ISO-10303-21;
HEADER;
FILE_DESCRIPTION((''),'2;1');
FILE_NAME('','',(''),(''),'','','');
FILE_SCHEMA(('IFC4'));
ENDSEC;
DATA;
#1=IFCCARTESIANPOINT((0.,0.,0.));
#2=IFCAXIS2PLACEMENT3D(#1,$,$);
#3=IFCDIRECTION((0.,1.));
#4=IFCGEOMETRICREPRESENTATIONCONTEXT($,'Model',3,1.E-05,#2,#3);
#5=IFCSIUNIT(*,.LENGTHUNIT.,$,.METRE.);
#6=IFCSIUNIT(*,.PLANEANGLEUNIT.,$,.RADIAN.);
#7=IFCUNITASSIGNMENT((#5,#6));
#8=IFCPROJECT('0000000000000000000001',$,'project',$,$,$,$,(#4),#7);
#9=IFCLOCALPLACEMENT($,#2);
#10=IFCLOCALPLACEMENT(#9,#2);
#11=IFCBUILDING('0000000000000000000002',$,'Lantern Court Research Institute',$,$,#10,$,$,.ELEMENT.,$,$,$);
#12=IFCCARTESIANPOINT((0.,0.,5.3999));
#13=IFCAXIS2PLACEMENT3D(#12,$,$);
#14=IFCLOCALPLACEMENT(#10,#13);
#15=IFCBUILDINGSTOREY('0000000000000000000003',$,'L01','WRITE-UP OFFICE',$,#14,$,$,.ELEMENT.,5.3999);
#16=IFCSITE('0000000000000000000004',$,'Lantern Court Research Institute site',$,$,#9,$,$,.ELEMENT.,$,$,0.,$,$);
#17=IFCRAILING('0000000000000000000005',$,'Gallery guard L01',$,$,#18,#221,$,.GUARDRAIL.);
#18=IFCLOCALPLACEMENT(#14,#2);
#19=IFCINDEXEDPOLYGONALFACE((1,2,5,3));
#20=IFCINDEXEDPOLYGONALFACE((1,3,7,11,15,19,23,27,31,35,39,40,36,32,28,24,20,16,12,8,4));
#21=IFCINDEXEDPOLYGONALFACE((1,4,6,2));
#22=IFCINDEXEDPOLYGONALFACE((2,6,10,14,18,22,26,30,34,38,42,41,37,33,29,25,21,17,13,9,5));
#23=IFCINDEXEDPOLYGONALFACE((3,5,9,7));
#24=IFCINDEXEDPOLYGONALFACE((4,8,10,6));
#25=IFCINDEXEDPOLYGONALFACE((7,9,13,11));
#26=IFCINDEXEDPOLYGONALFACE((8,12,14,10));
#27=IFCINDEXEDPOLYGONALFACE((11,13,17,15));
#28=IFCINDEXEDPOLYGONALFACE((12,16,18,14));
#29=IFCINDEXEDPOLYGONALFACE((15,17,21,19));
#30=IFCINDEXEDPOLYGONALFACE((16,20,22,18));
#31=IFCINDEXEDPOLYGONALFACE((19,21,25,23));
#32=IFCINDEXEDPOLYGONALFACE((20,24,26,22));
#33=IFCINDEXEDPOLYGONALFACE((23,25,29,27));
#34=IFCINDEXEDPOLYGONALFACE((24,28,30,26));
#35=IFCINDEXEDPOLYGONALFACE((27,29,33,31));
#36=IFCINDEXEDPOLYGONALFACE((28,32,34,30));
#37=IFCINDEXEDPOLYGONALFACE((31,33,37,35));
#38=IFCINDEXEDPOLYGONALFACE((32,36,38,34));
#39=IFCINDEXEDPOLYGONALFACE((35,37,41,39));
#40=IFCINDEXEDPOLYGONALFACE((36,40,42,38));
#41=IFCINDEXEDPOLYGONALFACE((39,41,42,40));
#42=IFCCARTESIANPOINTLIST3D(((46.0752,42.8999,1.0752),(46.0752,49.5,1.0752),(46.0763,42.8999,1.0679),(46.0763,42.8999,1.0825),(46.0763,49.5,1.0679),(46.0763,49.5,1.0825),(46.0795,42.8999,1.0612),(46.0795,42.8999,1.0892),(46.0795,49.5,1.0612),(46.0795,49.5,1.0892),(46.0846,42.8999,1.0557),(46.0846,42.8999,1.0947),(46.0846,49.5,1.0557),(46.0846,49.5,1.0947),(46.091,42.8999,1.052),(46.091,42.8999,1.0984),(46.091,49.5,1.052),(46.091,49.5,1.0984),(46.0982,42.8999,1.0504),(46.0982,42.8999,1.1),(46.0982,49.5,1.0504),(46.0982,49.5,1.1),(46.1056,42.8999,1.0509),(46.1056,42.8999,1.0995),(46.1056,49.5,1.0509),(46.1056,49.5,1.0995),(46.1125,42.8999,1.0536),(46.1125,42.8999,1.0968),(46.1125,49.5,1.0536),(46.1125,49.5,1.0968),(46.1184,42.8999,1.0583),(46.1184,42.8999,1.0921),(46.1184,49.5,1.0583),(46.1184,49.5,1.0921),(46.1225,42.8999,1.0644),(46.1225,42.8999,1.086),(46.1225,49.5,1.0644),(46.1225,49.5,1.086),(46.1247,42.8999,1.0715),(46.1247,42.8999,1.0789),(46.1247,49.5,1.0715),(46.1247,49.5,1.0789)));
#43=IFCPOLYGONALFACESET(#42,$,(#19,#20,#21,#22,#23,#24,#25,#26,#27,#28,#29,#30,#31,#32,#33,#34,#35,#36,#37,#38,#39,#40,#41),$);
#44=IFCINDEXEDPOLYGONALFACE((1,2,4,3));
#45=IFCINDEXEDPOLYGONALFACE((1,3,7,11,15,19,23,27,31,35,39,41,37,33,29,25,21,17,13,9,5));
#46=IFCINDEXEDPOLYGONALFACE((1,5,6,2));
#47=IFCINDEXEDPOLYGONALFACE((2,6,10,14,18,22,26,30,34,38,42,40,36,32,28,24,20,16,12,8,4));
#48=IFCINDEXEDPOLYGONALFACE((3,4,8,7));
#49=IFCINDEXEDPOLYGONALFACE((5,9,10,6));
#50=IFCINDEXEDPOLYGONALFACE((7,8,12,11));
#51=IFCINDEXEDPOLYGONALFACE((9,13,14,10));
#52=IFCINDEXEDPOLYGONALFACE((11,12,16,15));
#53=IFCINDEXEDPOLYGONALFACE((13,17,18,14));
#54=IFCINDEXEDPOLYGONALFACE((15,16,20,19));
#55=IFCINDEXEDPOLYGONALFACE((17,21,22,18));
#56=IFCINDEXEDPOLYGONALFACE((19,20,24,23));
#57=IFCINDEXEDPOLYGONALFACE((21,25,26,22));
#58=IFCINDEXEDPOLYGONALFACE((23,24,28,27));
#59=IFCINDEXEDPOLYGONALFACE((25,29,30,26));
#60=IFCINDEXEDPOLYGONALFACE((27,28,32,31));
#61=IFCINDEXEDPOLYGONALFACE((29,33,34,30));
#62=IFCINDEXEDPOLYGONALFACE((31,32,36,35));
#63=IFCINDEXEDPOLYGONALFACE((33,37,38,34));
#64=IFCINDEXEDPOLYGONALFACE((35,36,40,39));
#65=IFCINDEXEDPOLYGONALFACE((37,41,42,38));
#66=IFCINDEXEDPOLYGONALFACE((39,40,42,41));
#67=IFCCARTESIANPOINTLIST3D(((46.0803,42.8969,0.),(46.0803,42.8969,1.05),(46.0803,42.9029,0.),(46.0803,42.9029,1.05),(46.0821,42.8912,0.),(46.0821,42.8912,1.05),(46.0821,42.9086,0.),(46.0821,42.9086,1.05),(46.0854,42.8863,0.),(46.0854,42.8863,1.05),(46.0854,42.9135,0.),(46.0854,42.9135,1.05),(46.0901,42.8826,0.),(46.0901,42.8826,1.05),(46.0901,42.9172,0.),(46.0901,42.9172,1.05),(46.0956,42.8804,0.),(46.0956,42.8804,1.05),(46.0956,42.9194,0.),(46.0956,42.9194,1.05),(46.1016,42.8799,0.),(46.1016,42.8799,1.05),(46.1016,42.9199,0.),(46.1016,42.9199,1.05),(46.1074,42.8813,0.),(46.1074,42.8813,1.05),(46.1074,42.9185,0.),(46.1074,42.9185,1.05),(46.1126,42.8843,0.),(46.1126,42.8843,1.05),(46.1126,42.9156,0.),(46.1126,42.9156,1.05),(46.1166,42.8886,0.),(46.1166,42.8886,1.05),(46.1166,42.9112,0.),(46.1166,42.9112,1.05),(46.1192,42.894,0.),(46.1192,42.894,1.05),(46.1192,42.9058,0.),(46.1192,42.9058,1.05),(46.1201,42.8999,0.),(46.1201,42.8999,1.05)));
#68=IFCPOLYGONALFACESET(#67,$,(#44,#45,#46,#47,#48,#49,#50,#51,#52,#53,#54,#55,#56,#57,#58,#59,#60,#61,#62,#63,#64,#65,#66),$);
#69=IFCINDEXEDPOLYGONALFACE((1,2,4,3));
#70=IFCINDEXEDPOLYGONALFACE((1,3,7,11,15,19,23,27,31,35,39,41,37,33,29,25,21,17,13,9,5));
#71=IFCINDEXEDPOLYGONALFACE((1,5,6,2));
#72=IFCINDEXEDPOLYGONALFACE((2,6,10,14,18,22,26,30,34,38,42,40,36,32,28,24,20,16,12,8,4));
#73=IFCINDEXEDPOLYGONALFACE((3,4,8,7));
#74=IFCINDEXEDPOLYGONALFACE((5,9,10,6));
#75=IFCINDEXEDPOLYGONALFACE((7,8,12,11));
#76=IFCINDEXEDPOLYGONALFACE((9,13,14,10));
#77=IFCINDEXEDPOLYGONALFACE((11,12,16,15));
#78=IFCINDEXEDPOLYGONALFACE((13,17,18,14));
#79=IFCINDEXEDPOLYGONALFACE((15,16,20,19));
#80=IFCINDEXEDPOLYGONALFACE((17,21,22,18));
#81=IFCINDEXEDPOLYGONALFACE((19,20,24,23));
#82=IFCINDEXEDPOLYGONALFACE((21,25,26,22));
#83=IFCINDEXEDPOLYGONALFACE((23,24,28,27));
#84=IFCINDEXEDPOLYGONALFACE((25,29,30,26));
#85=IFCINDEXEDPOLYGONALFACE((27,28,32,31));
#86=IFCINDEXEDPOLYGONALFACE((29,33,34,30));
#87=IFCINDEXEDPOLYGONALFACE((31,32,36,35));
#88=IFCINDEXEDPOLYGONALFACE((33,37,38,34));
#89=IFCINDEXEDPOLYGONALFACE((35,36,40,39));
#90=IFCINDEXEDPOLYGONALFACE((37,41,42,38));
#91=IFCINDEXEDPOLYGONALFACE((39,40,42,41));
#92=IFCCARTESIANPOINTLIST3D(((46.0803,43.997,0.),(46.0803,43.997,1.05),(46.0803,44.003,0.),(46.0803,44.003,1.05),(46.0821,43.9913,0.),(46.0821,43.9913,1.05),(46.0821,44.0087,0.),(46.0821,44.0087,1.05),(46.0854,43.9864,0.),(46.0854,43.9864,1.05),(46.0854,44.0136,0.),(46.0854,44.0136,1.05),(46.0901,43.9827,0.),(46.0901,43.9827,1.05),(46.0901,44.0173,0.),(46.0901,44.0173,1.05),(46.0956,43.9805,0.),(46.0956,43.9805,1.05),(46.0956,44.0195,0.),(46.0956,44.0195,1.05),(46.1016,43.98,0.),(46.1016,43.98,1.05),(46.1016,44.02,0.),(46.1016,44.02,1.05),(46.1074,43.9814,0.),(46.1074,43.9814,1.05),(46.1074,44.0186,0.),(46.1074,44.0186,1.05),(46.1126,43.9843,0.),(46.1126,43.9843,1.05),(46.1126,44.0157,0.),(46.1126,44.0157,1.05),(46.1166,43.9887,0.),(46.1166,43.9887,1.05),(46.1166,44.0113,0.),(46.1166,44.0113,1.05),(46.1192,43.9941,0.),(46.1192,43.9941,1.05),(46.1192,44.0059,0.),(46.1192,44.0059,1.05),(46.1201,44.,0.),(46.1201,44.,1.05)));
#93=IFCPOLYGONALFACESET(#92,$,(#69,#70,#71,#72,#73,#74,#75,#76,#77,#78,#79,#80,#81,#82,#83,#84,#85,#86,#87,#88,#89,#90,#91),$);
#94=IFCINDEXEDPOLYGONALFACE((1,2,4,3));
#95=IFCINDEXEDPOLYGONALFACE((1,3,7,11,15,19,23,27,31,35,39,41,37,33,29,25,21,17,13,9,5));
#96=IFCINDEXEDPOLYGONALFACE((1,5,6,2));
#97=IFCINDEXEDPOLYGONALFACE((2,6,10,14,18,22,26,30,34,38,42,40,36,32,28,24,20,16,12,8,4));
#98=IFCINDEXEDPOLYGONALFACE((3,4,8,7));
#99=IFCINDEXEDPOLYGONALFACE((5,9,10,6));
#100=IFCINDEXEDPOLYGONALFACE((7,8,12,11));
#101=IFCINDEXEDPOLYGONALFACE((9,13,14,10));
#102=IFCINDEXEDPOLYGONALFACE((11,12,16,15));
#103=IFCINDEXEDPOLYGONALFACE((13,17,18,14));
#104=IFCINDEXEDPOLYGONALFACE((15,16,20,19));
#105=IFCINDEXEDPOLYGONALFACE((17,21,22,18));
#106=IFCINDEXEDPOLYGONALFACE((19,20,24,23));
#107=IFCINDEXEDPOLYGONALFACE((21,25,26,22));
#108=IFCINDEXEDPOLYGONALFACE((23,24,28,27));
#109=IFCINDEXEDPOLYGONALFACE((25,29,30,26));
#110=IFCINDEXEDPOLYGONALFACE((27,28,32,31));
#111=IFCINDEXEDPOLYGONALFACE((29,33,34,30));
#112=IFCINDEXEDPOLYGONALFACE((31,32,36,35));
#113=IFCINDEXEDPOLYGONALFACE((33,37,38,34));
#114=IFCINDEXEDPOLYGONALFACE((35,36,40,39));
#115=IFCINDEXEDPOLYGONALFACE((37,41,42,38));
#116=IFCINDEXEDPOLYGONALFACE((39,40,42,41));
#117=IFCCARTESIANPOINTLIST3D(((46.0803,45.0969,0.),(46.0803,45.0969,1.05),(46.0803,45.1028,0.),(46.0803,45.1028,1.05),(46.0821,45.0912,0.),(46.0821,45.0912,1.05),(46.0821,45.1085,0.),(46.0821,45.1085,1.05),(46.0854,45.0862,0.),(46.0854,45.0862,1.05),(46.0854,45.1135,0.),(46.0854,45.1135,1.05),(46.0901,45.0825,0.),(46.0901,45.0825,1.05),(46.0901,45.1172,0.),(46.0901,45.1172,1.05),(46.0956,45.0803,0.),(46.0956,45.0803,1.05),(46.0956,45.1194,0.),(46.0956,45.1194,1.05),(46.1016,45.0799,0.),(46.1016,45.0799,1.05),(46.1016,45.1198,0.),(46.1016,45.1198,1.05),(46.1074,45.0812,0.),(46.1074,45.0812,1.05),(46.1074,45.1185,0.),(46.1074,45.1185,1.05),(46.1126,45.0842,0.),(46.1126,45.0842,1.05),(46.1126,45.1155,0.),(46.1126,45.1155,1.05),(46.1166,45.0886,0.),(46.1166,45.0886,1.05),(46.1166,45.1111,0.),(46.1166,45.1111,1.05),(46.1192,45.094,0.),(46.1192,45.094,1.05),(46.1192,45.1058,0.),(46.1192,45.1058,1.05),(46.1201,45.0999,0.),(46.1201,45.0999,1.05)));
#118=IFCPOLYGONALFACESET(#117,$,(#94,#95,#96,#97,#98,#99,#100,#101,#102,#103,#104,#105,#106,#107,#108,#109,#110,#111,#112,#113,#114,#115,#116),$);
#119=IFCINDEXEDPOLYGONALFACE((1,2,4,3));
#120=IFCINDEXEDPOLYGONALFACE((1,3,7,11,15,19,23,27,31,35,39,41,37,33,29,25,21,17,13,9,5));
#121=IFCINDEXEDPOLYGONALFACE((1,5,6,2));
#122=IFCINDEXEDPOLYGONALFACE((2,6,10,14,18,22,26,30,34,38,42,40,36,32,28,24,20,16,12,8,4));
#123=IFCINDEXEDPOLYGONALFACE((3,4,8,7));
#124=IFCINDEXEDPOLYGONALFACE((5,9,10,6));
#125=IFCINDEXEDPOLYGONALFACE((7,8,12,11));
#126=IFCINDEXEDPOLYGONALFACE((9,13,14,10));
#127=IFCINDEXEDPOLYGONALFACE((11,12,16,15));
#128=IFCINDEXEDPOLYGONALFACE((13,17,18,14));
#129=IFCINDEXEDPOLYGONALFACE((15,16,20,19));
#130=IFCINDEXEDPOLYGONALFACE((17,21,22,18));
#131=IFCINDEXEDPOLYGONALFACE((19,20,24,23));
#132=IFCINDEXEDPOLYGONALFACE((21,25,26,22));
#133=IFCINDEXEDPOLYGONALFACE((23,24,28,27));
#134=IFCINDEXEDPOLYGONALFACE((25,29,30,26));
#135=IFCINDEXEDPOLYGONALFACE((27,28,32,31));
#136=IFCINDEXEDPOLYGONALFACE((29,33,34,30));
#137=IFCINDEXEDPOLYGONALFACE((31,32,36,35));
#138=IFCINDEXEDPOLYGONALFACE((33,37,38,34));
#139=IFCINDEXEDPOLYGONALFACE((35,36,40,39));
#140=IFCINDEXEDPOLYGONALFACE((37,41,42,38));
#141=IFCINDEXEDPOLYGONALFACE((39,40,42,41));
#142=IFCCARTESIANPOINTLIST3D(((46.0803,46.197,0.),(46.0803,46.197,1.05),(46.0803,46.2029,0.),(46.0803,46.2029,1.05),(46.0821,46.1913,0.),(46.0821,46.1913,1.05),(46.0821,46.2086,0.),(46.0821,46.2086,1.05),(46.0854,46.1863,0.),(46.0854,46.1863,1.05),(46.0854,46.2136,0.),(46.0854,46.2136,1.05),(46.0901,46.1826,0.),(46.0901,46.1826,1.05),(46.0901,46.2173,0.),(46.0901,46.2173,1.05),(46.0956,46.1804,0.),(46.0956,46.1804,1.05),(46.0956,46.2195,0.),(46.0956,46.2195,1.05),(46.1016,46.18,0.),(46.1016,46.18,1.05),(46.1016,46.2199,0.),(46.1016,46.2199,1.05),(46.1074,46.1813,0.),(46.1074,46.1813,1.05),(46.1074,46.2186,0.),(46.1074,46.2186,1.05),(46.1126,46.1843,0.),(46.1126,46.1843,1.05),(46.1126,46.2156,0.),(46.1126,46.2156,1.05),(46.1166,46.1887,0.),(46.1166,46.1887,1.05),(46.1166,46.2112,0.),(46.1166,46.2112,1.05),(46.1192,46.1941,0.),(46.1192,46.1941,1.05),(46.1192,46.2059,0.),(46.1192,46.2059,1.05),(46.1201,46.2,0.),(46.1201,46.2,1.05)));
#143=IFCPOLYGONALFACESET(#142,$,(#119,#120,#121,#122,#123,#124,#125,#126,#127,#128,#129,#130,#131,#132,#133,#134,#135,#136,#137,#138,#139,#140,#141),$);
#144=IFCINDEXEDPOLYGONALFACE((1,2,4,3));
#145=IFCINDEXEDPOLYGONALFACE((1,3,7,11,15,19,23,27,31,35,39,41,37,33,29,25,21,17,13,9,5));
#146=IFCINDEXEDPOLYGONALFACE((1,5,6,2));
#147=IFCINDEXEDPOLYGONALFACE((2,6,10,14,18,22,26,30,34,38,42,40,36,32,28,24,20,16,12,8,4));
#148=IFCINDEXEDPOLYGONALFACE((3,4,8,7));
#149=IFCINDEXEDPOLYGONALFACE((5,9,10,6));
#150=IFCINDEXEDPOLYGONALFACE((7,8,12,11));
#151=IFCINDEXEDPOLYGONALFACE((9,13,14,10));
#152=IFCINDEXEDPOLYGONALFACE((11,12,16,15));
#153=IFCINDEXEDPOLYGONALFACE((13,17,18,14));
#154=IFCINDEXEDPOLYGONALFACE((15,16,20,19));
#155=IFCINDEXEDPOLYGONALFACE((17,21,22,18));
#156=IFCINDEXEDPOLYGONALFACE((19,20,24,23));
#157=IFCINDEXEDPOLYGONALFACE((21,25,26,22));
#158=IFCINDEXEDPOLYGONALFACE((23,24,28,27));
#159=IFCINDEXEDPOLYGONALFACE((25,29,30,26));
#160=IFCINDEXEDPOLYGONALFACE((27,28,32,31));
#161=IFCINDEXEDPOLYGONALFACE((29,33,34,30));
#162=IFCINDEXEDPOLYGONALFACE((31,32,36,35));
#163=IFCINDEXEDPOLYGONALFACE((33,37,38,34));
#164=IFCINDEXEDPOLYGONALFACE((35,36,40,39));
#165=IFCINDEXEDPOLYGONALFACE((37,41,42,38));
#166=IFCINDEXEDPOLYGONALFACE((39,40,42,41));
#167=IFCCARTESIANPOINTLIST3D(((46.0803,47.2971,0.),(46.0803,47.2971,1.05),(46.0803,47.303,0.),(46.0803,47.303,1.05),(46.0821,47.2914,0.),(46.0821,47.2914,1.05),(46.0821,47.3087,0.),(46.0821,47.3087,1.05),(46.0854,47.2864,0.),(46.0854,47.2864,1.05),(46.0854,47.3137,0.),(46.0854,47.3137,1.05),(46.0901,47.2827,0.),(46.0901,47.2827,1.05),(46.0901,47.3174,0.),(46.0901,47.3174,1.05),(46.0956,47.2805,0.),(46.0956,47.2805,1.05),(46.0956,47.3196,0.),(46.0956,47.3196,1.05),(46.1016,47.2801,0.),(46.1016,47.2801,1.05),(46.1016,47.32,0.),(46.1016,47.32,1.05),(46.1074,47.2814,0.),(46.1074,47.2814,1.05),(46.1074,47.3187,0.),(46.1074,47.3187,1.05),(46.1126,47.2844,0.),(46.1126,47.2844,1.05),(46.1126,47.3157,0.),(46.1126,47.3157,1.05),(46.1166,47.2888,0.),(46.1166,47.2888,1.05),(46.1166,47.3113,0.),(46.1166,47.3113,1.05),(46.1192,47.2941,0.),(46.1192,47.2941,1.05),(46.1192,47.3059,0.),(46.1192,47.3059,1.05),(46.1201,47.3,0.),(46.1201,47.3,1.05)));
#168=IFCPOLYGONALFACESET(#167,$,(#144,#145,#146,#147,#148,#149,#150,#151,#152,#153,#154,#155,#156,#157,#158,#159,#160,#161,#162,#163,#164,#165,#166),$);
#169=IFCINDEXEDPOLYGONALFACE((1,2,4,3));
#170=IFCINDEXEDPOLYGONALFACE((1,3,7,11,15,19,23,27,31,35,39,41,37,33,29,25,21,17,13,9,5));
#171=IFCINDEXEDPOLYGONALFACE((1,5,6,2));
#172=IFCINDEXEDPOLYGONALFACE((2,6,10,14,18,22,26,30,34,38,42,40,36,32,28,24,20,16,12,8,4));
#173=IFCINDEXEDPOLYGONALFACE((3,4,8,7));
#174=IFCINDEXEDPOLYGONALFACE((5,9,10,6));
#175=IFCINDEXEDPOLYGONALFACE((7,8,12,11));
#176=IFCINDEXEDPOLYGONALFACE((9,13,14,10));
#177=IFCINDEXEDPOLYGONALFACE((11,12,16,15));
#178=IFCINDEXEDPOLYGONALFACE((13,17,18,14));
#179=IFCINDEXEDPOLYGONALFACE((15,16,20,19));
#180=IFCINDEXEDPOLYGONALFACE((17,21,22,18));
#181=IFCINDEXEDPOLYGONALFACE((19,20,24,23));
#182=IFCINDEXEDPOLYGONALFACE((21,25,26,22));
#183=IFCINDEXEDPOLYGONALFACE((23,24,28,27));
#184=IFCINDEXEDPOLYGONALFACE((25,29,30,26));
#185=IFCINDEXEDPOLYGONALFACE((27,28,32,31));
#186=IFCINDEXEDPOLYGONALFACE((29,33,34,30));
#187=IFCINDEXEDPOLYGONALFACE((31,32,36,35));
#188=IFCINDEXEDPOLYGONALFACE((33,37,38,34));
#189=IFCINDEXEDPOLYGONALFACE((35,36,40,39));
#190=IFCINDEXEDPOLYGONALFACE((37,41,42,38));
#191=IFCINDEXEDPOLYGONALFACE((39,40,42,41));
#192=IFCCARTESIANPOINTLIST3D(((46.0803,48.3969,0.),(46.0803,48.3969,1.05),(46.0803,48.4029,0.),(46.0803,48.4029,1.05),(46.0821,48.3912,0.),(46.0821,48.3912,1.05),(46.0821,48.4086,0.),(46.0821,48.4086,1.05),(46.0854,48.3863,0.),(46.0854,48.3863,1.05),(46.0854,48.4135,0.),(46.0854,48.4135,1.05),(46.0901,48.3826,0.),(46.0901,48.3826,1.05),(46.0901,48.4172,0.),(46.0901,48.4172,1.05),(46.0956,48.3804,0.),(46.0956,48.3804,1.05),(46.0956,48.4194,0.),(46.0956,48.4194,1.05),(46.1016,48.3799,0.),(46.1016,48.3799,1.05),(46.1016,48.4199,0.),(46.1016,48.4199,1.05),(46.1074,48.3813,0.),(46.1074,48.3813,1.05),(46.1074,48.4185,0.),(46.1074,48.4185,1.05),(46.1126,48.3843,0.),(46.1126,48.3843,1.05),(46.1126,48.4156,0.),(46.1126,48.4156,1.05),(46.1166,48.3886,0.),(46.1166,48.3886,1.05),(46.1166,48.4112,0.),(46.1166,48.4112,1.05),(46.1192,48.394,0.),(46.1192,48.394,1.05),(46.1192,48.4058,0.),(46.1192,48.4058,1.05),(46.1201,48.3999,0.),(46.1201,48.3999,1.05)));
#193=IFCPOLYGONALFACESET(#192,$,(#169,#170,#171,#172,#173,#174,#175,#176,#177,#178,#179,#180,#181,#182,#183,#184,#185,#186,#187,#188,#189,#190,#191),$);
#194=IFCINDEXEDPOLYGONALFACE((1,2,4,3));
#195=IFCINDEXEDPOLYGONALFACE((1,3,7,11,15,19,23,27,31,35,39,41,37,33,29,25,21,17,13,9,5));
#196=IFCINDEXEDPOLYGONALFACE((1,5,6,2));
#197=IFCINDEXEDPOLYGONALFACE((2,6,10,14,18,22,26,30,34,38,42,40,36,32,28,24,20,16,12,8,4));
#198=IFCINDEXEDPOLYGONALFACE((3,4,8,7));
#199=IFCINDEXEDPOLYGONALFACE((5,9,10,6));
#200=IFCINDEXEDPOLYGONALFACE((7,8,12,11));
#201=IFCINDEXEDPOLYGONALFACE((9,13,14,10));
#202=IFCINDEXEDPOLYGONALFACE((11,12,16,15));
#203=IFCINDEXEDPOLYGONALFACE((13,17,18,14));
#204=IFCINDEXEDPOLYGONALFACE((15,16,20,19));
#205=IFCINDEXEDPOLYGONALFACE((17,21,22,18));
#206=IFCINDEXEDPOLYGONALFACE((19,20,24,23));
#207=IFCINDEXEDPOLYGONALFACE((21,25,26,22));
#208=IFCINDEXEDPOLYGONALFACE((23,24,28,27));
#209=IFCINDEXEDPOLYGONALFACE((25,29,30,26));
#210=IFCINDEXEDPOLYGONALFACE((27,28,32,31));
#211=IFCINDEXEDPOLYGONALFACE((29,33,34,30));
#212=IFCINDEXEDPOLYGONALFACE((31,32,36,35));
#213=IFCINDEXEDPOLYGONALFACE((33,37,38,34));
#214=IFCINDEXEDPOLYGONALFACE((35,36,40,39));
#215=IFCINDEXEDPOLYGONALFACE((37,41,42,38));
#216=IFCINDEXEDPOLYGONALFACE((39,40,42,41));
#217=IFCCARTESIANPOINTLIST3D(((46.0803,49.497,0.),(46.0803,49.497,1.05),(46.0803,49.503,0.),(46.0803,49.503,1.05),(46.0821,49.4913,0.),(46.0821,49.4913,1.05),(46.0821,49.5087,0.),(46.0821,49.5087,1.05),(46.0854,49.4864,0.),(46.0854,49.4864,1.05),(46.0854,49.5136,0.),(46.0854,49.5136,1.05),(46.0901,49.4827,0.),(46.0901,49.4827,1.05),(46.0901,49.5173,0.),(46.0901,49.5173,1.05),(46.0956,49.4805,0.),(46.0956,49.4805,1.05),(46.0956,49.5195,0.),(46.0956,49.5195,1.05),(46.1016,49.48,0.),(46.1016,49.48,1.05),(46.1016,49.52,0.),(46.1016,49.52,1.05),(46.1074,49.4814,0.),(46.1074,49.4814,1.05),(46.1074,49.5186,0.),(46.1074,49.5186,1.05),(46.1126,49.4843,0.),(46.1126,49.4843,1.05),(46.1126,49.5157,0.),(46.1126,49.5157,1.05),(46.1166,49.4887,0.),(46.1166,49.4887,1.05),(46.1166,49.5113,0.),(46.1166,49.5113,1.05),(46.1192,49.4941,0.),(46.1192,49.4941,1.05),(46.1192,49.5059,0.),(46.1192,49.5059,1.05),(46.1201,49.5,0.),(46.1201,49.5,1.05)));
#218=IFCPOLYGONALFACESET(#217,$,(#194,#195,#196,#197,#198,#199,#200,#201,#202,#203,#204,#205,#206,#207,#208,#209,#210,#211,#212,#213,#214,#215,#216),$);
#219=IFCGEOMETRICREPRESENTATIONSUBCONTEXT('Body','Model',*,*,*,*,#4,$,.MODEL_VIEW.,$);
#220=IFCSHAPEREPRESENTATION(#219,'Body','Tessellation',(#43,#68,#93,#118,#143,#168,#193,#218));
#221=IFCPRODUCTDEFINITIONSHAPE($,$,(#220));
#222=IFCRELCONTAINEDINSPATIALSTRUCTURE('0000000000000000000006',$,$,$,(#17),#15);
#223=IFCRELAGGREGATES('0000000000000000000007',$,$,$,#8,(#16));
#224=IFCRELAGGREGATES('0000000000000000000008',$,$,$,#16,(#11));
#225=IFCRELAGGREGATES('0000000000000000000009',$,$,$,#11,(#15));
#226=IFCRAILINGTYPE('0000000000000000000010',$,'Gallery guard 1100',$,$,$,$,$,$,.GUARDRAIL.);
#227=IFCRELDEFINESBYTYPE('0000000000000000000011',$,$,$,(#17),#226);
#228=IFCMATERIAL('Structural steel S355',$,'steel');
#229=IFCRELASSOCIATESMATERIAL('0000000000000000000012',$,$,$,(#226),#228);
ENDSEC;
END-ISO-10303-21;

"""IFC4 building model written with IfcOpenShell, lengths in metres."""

from ifc_helpers import new_model, si_unit, direction, frame, origin, origin_2d, place, context, subcontext, project, spatial, circle, extrude, material, type_object, element, save


model = new_model("IFC4")

# Units and contexts
model_context = context("Model", 3, precision=1e-05, world=origin(), true_north=direction((0.0, 1.0)))
body_context = subcontext(model_context, "Body", "Model", "MODEL_VIEW")
ifc_project = project(units=[si_unit("LENGTHUNIT", "METRE"), si_unit("PLANEANGLEUNIT", "RADIAN")], contexts=[model_context])

# Site, building, storey
site_placement = place(None, origin())
site = spatial("IfcSite", under=ifc_project, at=site_placement, Name="Lantern Court Research Institute site", CompositionType="ELEMENT", RefElevation=0.0)
building_placement = place(site_placement, origin())
building = spatial("IfcBuilding", under=site, at=building_placement, Name="Lantern Court Research Institute", CompositionType="ELEMENT")
storey_placement = place(building_placement, frame((0.0, 0.0, 5.3999)))
storey = spatial("IfcBuildingStorey", under=building, at=storey_placement, Name="L01", Description="WRITE-UP OFFICE", CompositionType="ELEMENT", Elevation=5.3999)

# Railing
ifc_material_1 = material(Name="Structural steel S355", Category="steel")
railing_type_1 = type_object("IfcRailingType", Name="Gallery guard 1100", PredefinedType="GUARDRAIL", material=ifc_material_1)
railing_1_placement = place(storey_placement, frame((46.1001, 42.8999, 0.0)))
element("IfcRailing", 1, at=railing_1_placement, inside=storey, type_object=railing_type_1, Name="Gallery guard L01", PredefinedType="GUARDRAIL", context=body_context, shape_type="SweptSolid", body=[
    extrude(circle(Radius=0.0249, at=origin_2d()), frame((0.0, 0.0, 1.0752), z_axis=(0.0, 1.0, 0.0), x_axis=(-1.0, 0.0, 0.0)), (0.0, 0.0, 1.0), 6.6001),
    extrude(circle(Radius=0.02, at=origin_2d()), origin(), (0.0, 0.0, 1.0), 1.05),
    extrude(circle(Radius=0.02, at=origin_2d()), frame((0.0, 1.1001, 0.0)), (0.0, 0.0, 1.0), 1.05),
    extrude(circle(Radius=0.02, at=origin_2d()), frame((0.0, 2.2, 0.0)), (0.0, 0.0, 1.0), 1.05),
    extrude(circle(Radius=0.02, at=origin_2d()), frame((0.0, 3.3, 0.0)), (0.0, 0.0, 1.0), 1.05),
    extrude(circle(Radius=0.02, at=origin_2d()), frame((0.0, 4.4001, 0.0)), (0.0, 0.0, 1.0), 1.05),
    extrude(circle(Radius=0.02, at=origin_2d()), frame((0.0, 5.5, 0.0)), (0.0, 0.0, 1.0), 1.05),
    extrude(circle(Radius=0.02, at=origin_2d()), frame((0.0, 6.6001, 0.0)), (0.0, 0.0, 1.0), 1.05),
])

save(model, "model.ifc")
